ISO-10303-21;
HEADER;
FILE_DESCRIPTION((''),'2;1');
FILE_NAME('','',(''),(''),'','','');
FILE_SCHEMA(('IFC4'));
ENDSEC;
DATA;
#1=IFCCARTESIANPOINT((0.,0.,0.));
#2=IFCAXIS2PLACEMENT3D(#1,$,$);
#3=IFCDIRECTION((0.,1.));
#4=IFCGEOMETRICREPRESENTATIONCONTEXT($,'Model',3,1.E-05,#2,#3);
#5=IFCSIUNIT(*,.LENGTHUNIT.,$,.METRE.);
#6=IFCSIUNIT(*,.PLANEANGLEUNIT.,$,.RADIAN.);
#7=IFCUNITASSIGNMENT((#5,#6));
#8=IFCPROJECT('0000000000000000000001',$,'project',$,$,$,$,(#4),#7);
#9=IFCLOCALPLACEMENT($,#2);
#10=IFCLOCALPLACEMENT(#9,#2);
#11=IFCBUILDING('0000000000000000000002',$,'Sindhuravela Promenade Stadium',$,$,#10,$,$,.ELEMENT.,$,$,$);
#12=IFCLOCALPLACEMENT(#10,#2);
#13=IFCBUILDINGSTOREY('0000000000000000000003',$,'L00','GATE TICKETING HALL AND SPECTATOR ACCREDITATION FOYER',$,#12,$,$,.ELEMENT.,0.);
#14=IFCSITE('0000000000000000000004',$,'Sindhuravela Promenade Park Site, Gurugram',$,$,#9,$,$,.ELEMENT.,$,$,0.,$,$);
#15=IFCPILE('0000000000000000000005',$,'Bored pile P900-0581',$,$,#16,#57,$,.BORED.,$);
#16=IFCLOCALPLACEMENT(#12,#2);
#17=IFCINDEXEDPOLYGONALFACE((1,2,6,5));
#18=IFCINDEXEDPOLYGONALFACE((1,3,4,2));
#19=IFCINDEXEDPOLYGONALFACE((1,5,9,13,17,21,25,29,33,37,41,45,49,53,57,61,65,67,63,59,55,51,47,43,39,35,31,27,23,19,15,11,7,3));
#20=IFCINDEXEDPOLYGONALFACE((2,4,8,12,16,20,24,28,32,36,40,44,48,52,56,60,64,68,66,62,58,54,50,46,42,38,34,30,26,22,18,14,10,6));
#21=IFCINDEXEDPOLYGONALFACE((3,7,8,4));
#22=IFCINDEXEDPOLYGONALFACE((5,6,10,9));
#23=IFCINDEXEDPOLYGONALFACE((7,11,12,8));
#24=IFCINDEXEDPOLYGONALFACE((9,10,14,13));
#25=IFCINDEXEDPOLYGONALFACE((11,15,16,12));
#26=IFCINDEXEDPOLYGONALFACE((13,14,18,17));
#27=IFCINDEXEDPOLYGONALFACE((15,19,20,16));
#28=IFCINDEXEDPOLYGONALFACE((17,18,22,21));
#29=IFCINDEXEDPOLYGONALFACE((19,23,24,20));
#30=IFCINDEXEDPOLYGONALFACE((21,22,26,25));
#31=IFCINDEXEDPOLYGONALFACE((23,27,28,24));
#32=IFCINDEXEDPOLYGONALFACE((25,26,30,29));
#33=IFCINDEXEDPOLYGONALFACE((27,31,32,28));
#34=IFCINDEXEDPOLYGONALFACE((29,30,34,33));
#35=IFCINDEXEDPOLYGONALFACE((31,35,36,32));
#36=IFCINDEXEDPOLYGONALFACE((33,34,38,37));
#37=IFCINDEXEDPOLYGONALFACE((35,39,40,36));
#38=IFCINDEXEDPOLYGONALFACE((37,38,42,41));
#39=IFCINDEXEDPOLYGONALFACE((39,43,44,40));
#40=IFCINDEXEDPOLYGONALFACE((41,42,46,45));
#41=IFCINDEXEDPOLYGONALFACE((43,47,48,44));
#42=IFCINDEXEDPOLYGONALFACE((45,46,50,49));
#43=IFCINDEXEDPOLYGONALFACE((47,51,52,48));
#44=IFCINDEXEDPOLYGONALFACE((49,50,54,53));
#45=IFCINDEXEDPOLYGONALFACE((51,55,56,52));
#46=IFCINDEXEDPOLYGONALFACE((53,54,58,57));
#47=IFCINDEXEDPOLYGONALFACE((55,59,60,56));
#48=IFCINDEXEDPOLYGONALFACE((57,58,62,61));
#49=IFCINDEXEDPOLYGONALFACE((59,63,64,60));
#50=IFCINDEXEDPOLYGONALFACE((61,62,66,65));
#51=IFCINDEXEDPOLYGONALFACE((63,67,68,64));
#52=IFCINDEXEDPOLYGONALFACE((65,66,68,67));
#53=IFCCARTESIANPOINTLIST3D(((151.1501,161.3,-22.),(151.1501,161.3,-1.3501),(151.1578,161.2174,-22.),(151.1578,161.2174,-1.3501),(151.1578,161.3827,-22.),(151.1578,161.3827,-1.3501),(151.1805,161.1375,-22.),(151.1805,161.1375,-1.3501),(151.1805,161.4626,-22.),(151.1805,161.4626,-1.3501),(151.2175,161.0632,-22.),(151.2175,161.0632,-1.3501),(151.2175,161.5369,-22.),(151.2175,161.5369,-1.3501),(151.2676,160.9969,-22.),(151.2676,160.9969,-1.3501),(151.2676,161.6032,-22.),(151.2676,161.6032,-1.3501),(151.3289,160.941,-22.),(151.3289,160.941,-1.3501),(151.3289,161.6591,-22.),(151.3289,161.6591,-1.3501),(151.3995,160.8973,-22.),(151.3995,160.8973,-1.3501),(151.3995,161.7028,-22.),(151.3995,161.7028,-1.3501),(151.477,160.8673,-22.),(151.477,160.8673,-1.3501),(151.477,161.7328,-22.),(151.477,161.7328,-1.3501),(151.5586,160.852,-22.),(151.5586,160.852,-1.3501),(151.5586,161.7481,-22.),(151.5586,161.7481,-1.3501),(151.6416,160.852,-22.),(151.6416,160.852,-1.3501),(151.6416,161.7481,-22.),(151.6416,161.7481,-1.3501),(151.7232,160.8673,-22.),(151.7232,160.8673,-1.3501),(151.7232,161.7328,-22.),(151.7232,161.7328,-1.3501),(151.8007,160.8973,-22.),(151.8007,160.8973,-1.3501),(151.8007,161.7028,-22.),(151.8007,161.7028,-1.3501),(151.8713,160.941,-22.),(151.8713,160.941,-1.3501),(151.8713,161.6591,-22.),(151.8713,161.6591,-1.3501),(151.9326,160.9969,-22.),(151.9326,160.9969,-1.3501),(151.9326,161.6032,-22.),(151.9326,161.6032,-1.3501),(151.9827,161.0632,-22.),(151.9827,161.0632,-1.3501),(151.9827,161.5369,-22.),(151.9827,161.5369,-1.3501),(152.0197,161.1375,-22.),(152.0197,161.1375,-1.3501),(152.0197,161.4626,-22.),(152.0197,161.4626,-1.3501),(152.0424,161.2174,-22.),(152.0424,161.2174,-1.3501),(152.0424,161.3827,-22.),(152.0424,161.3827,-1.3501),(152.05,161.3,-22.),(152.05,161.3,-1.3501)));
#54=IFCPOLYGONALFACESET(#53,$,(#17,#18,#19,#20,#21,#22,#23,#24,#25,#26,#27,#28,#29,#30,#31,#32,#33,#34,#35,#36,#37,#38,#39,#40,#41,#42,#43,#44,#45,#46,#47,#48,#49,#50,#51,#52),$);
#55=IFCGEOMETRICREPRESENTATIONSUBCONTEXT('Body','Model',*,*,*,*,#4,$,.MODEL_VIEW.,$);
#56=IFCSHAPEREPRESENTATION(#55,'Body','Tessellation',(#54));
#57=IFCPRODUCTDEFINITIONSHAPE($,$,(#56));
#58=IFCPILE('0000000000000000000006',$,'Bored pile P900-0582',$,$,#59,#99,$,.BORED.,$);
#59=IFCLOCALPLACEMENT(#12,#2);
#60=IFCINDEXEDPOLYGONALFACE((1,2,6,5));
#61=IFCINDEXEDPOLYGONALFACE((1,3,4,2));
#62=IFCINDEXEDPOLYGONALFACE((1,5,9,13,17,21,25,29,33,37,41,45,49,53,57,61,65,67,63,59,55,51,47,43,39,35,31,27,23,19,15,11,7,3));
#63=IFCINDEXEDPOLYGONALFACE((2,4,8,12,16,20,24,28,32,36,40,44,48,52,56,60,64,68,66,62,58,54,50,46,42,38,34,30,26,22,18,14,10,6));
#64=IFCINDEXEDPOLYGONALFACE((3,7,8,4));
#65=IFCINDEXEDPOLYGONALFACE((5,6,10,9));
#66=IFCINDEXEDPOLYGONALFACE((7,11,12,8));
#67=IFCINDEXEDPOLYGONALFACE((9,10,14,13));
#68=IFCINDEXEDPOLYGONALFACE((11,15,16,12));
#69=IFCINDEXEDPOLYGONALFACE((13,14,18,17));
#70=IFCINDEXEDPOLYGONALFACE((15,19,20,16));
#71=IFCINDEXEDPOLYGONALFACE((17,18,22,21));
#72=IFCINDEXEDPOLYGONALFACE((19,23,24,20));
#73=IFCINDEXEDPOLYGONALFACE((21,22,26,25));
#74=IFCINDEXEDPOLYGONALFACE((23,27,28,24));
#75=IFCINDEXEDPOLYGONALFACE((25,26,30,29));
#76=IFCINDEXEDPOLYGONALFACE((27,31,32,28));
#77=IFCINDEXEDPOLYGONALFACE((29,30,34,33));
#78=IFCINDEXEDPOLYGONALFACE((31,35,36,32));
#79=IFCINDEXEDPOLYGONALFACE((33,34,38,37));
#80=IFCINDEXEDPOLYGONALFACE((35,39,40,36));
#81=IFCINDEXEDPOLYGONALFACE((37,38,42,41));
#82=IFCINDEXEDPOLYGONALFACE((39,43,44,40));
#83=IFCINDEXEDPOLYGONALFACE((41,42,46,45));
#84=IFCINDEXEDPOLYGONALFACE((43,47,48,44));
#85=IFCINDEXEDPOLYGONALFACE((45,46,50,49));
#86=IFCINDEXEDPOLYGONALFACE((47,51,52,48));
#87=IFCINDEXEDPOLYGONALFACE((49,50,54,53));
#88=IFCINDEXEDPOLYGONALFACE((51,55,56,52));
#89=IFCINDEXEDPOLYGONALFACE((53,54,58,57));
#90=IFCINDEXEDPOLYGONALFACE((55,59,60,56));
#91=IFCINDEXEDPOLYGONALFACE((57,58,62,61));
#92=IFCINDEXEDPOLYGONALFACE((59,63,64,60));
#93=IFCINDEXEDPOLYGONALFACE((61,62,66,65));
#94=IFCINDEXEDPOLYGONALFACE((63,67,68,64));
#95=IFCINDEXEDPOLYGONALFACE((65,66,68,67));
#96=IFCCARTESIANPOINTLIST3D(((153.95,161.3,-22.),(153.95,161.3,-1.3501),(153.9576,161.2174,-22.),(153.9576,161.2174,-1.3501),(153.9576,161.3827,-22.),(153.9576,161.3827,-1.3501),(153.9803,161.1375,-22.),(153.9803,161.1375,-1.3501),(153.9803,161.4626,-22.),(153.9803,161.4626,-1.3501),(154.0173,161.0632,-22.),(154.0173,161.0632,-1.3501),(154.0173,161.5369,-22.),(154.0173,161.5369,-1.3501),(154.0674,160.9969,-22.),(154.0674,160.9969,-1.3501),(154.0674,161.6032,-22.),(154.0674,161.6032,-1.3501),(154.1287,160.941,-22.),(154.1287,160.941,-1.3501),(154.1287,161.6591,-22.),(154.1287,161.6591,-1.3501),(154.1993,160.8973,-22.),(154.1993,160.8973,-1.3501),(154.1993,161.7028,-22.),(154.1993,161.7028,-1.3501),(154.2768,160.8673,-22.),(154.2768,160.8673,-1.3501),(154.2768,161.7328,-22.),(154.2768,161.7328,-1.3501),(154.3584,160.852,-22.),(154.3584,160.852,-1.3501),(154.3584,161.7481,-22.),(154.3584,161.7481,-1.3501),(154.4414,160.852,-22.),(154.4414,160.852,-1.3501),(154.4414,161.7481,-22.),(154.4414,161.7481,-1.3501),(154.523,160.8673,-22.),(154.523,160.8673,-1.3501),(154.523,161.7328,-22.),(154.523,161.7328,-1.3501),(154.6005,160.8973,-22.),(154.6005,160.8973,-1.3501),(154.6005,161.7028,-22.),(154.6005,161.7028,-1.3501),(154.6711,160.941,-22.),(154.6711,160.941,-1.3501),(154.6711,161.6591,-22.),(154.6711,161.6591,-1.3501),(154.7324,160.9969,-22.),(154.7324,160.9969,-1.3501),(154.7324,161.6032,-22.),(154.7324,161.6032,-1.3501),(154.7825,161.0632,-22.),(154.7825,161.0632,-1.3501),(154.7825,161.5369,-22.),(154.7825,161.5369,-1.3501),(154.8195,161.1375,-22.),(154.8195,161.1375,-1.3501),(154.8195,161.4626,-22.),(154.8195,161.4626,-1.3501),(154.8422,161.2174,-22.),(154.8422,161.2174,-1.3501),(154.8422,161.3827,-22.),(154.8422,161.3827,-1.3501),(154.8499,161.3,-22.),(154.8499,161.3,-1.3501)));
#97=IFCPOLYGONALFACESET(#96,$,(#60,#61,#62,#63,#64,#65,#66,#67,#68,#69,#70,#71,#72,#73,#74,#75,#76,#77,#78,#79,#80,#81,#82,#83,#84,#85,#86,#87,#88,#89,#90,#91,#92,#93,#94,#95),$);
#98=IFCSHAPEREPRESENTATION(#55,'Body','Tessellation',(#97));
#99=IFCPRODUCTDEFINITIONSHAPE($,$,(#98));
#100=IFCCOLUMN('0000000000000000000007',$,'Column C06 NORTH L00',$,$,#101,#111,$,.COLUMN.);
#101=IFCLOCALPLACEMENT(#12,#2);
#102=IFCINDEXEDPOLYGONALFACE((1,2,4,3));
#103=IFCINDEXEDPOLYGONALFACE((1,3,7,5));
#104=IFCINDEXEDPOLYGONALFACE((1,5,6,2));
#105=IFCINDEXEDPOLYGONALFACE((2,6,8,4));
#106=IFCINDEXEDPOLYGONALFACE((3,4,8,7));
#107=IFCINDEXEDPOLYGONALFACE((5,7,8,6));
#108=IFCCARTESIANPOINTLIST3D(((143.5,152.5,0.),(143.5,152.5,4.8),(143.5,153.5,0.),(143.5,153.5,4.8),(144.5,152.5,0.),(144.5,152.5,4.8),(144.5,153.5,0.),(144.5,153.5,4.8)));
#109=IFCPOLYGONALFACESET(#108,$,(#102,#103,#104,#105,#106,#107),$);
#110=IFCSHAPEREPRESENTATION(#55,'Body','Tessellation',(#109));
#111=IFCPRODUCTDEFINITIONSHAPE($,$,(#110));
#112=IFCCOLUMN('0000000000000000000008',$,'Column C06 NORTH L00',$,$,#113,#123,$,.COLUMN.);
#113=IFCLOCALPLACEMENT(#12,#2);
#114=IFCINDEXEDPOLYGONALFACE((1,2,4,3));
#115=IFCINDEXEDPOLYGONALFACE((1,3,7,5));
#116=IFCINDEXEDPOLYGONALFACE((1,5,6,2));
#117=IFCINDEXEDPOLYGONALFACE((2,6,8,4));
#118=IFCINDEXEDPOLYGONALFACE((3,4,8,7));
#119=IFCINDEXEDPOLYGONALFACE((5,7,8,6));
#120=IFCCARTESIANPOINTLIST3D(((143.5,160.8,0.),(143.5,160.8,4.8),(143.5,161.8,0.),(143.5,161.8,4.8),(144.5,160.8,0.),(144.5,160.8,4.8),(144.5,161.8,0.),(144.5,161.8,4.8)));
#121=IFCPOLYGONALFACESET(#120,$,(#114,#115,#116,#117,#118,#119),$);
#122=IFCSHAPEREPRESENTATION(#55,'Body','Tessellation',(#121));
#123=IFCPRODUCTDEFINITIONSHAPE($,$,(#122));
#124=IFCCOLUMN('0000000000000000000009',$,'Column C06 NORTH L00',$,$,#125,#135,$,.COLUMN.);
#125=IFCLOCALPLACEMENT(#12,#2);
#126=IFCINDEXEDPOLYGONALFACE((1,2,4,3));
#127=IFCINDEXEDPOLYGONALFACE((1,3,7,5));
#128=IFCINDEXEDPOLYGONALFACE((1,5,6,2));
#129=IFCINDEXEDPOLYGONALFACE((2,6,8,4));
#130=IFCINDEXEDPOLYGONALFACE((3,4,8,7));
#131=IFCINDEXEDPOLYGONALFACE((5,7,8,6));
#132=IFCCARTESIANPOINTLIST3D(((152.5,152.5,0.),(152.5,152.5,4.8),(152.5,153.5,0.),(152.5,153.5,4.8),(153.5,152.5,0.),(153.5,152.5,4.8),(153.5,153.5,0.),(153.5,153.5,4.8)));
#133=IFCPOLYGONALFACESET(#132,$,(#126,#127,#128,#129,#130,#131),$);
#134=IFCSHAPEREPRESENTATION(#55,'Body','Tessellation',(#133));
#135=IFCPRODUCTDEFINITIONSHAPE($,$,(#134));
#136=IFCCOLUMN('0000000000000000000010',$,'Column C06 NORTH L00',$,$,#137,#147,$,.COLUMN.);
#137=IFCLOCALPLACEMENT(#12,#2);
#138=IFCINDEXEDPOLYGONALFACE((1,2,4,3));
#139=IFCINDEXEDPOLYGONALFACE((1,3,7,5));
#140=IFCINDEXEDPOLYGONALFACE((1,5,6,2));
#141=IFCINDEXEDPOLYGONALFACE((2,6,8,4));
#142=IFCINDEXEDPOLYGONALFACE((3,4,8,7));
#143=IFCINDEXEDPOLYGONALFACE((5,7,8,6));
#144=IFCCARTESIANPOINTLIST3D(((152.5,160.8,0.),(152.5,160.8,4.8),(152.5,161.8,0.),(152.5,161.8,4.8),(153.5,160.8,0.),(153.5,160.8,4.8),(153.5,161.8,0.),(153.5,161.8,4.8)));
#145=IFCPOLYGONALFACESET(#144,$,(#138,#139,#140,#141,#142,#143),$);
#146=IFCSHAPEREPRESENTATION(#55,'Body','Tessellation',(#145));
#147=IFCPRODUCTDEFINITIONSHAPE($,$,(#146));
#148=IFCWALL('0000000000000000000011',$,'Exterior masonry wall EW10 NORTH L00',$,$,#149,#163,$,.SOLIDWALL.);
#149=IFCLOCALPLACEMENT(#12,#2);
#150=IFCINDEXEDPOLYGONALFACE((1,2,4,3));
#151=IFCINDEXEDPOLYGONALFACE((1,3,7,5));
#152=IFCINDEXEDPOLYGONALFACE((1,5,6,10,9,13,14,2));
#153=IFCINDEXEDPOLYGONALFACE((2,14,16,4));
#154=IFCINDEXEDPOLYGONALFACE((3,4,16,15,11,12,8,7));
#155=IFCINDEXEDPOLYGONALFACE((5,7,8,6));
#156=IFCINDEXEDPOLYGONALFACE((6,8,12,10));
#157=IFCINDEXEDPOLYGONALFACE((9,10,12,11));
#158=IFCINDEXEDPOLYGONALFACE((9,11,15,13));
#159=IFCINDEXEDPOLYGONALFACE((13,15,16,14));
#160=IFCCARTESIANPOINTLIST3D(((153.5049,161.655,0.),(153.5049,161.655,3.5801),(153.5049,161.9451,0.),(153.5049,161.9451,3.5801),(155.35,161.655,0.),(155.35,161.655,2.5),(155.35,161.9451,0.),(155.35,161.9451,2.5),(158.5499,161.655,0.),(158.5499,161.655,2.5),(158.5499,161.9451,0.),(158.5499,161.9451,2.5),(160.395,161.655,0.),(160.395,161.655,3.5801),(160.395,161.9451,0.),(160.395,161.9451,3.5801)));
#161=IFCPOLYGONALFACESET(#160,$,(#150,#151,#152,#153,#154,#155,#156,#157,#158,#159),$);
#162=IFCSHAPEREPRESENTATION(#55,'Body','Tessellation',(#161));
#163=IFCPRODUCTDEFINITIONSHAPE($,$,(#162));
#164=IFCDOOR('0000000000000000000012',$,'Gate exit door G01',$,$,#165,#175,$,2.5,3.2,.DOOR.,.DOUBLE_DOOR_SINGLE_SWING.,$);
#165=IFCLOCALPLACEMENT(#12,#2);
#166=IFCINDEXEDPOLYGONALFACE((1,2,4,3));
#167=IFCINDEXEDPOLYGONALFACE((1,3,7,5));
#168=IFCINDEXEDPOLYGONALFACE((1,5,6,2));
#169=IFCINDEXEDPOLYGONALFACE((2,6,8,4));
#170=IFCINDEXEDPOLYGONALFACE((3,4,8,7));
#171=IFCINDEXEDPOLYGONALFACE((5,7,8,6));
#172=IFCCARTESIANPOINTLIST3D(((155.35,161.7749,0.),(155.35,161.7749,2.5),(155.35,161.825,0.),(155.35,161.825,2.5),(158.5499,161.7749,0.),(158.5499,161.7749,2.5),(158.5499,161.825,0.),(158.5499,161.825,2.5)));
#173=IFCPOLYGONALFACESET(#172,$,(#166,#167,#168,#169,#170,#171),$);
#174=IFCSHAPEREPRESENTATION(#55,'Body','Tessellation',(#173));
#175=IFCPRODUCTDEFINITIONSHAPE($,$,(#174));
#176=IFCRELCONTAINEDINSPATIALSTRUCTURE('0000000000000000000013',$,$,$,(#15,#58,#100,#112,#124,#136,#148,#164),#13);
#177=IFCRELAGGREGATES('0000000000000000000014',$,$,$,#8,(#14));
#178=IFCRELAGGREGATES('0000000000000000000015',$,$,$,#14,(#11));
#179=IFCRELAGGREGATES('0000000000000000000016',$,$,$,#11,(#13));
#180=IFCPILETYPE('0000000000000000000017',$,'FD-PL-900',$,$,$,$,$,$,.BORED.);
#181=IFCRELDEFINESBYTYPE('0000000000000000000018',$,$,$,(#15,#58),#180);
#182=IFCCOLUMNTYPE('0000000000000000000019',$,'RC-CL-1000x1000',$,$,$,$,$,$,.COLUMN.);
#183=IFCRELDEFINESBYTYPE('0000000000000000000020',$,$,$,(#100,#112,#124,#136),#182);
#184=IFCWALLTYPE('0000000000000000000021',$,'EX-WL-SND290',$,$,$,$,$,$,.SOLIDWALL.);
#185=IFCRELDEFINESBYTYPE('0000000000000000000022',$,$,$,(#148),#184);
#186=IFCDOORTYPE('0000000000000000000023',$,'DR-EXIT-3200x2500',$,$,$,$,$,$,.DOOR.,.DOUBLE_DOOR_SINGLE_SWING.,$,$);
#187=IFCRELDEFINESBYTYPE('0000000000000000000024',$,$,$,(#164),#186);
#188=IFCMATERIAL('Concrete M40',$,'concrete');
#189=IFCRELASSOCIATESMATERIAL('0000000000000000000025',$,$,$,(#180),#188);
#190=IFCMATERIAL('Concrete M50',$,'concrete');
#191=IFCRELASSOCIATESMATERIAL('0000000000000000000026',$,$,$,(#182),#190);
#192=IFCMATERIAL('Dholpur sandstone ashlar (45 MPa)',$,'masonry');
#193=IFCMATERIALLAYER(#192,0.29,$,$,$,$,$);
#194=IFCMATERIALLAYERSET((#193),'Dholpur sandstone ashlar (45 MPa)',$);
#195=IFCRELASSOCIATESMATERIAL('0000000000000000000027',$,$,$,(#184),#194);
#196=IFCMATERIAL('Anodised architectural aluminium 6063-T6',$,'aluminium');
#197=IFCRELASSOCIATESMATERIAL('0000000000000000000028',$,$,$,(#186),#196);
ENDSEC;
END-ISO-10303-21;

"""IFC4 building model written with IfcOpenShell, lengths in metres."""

from ifc_helpers import new_model, si_unit, direction, frame, frame_2d, origin, origin_2d, place, context, subcontext, project, spatial, rectangle, circle, extrude, material, layer, layer_set, material_profile, profile_set, type_object, element, fill, save


model = new_model("IFC4")

# Units and contexts
model_context = context("Model", 3, precision=1e-05, world=origin(), true_north=direction((0.0, 1.0)))
body_context = subcontext(model_context, "Body", "Model", "MODEL_VIEW")
ifc_project = project(units=[si_unit("LENGTHUNIT", "METRE"), si_unit("PLANEANGLEUNIT", "RADIAN")], contexts=[model_context])

# Site, building, storey
site_placement = place(None, origin())
site = spatial("IfcSite", under=ifc_project, at=site_placement, Name="Sindhuravela Promenade Park Site, Gurugram", CompositionType="ELEMENT", RefElevation=0.0)
building_placement = place(site_placement, origin())
building = spatial("IfcBuilding", under=site, at=building_placement, Name="Sindhuravela Promenade Stadium", CompositionType="ELEMENT")
storey_placement = place(building_placement, origin())
storey = spatial("IfcBuildingStorey", under=building, at=storey_placement, Name="L00", Description="GATE TICKETING HALL AND SPECTATOR ACCREDITATION FOYER", CompositionType="ELEMENT", Elevation=0.0)

# Shared definitions
ifc_material_1 = material(Name="Concrete M50", Category="concrete")

# Piles
ifc_material_2 = material(Name="Concrete M40", Category="concrete")
ifc_material_profile_1 = material_profile(ifc_material_2, circle(Radius=0.45, at=origin_2d()), Name="BORED PILE D900")
ifc_profile_set_1 = profile_set([ifc_material_profile_1], Name="Concrete M40")
pile_type_1 = type_object("IfcPileType", Name="FD-PL-900", PredefinedType="BORED", material=ifc_profile_set_1)
for number, where, z_axis, x_axis, name in (
    (1, (151.6001, 161.3, -1.3501), (0.0, 0.0, -1.0), (1.0, 0.0, 0.0), "Bored pile P900-0581"),
    (2, (154.3999, 161.3, -1.3501), (0.0, 0.0, -1.0), (1.0, 0.0, 0.0), "Bored pile P900-0582"),
):
    element("IfcPile", number, at=place(storey_placement, frame(where, z_axis=z_axis, x_axis=x_axis)), inside=storey, type_object=pile_type_1, Name=name, PredefinedType="BORED", context=body_context, shape_type="SweptSolid", body=[
        extrude(circle(Radius=0.45, at=origin_2d()), origin(), (0.0, 0.0, 1.0), 20.6499),
    ])

# Columns
ifc_material_profile_2 = material_profile(ifc_material_1, rectangle(XDim=1.0, YDim=1.0, at=origin_2d()), Name="RC 1000x1000")
ifc_profile_set_2 = profile_set([ifc_material_profile_2], Name="Concrete M50")
column_type = type_object("IfcColumnType", Name="RC-CL-1000x1000", PredefinedType="COLUMN", material=ifc_profile_set_2)
for number, where, z_axis, x_axis, name in (
    (3, (144.0, 153.0, 0.0), (0.0, 0.0, 1.0), (1.0, 0.0, 0.0), "Column C06 NORTH L00"),
    (4, (144.0, 161.3, 0.0), (0.0, 0.0, 1.0), (1.0, 0.0, 0.0), "Column C06 NORTH L00"),
    (5, (153.0, 153.0, 0.0), (0.0, 0.0, 1.0), (1.0, 0.0, 0.0), "Column C06 NORTH L00"),
    (6, (153.0, 161.3, 0.0), (0.0, 0.0, 1.0), (1.0, 0.0, 0.0), "Column C06 NORTH L00"),
):
    element("IfcColumn", number, at=place(storey_placement, frame(where, z_axis=z_axis, x_axis=x_axis)), inside=storey, type_object=column_type, Name=name, PredefinedType="COLUMN", context=body_context, shape_type="SweptSolid", body=[
        extrude(rectangle(XDim=1.0, YDim=1.0, at=origin_2d()), origin(), (0.0, 0.0, 1.0), 4.8),
    ])

# Wall, opening, door
ifc_material_3 = material(Name="Dholpur sandstone ashlar (45 MPa)", Category="masonry")
ifc_layer_1 = layer(ifc_material_3, 0.29)
ifc_layer_set_1 = layer_set([ifc_layer_1], Name="Dholpur sandstone ashlar (45 MPa)")
wall_type_1 = type_object("IfcWallType", Name="EX-WL-SND290", PredefinedType="SOLIDWALL", material=ifc_layer_set_1)
wall_1_placement = place(storey_placement, frame((153.5049, 161.8, 0.0), z_axis=(0.0, 0.0, 1.0), x_axis=(1.0, 0.0, 0.0)))
wall_1 = element("IfcWall", 7, at=wall_1_placement, inside=storey, type_object=wall_type_1, Name="Exterior masonry wall EW10 NORTH L00", PredefinedType="SOLIDWALL", context=body_context, shape_type="SweptSolid", body=[
    extrude(rectangle(XDim=6.8901, YDim=0.29, at=frame_2d((3.4451, 0.0))), origin(), (0.0, 0.0, 1.0), 3.5801),
])
opening_1_placement = place(wall_1_placement, frame((1.845, 0.0, 0.0)))
opening_1 = element("IfcOpeningElement", 8, at=opening_1_placement, cuts=wall_1, PredefinedType="OPENING", context=body_context, shape_type="SweptSolid", body=[
    extrude(rectangle(XDim=3.2, YDim=2.5, at=frame_2d((1.6001, 1.25))), frame((0.0, 0.155, 0.0), z_axis=(0.0, -1.0, 0.0), x_axis=(1.0, 0.0, 0.0)), (0.0, 0.0, 1.0), 0.3101),
])
ifc_material_4 = material(Name="Anodised architectural aluminium 6063-T6", Category="aluminium")
door_type_1 = type_object("IfcDoorType", Name="DR-EXIT-3200x2500", OperationType="DOUBLE_DOOR_SINGLE_SWING", PredefinedType="DOOR", material=ifc_material_4)
door_1_placement = place(opening_1_placement, origin())
door_1 = element("IfcDoor", 9, at=door_1_placement, inside=storey, type_object=door_type_1, Name="Gate exit door G01", OperationType="DOUBLE_DOOR_SINGLE_SWING", OverallHeight=2.5, OverallWidth=3.2, PredefinedType="DOOR", context=body_context, shape_type="SweptSolid", body=[
    extrude(rectangle(XDim=3.2, YDim=2.5, at=frame_2d((1.6001, 1.25))), frame((0.0, 0.0249, 0.0), z_axis=(0.0, -1.0, 0.0), x_axis=(1.0, 0.0, 0.0)), (0.0, 0.0, 1.0), 0.05),
])
fill(opening_1, door_1)

save(model, "model.ifc")
